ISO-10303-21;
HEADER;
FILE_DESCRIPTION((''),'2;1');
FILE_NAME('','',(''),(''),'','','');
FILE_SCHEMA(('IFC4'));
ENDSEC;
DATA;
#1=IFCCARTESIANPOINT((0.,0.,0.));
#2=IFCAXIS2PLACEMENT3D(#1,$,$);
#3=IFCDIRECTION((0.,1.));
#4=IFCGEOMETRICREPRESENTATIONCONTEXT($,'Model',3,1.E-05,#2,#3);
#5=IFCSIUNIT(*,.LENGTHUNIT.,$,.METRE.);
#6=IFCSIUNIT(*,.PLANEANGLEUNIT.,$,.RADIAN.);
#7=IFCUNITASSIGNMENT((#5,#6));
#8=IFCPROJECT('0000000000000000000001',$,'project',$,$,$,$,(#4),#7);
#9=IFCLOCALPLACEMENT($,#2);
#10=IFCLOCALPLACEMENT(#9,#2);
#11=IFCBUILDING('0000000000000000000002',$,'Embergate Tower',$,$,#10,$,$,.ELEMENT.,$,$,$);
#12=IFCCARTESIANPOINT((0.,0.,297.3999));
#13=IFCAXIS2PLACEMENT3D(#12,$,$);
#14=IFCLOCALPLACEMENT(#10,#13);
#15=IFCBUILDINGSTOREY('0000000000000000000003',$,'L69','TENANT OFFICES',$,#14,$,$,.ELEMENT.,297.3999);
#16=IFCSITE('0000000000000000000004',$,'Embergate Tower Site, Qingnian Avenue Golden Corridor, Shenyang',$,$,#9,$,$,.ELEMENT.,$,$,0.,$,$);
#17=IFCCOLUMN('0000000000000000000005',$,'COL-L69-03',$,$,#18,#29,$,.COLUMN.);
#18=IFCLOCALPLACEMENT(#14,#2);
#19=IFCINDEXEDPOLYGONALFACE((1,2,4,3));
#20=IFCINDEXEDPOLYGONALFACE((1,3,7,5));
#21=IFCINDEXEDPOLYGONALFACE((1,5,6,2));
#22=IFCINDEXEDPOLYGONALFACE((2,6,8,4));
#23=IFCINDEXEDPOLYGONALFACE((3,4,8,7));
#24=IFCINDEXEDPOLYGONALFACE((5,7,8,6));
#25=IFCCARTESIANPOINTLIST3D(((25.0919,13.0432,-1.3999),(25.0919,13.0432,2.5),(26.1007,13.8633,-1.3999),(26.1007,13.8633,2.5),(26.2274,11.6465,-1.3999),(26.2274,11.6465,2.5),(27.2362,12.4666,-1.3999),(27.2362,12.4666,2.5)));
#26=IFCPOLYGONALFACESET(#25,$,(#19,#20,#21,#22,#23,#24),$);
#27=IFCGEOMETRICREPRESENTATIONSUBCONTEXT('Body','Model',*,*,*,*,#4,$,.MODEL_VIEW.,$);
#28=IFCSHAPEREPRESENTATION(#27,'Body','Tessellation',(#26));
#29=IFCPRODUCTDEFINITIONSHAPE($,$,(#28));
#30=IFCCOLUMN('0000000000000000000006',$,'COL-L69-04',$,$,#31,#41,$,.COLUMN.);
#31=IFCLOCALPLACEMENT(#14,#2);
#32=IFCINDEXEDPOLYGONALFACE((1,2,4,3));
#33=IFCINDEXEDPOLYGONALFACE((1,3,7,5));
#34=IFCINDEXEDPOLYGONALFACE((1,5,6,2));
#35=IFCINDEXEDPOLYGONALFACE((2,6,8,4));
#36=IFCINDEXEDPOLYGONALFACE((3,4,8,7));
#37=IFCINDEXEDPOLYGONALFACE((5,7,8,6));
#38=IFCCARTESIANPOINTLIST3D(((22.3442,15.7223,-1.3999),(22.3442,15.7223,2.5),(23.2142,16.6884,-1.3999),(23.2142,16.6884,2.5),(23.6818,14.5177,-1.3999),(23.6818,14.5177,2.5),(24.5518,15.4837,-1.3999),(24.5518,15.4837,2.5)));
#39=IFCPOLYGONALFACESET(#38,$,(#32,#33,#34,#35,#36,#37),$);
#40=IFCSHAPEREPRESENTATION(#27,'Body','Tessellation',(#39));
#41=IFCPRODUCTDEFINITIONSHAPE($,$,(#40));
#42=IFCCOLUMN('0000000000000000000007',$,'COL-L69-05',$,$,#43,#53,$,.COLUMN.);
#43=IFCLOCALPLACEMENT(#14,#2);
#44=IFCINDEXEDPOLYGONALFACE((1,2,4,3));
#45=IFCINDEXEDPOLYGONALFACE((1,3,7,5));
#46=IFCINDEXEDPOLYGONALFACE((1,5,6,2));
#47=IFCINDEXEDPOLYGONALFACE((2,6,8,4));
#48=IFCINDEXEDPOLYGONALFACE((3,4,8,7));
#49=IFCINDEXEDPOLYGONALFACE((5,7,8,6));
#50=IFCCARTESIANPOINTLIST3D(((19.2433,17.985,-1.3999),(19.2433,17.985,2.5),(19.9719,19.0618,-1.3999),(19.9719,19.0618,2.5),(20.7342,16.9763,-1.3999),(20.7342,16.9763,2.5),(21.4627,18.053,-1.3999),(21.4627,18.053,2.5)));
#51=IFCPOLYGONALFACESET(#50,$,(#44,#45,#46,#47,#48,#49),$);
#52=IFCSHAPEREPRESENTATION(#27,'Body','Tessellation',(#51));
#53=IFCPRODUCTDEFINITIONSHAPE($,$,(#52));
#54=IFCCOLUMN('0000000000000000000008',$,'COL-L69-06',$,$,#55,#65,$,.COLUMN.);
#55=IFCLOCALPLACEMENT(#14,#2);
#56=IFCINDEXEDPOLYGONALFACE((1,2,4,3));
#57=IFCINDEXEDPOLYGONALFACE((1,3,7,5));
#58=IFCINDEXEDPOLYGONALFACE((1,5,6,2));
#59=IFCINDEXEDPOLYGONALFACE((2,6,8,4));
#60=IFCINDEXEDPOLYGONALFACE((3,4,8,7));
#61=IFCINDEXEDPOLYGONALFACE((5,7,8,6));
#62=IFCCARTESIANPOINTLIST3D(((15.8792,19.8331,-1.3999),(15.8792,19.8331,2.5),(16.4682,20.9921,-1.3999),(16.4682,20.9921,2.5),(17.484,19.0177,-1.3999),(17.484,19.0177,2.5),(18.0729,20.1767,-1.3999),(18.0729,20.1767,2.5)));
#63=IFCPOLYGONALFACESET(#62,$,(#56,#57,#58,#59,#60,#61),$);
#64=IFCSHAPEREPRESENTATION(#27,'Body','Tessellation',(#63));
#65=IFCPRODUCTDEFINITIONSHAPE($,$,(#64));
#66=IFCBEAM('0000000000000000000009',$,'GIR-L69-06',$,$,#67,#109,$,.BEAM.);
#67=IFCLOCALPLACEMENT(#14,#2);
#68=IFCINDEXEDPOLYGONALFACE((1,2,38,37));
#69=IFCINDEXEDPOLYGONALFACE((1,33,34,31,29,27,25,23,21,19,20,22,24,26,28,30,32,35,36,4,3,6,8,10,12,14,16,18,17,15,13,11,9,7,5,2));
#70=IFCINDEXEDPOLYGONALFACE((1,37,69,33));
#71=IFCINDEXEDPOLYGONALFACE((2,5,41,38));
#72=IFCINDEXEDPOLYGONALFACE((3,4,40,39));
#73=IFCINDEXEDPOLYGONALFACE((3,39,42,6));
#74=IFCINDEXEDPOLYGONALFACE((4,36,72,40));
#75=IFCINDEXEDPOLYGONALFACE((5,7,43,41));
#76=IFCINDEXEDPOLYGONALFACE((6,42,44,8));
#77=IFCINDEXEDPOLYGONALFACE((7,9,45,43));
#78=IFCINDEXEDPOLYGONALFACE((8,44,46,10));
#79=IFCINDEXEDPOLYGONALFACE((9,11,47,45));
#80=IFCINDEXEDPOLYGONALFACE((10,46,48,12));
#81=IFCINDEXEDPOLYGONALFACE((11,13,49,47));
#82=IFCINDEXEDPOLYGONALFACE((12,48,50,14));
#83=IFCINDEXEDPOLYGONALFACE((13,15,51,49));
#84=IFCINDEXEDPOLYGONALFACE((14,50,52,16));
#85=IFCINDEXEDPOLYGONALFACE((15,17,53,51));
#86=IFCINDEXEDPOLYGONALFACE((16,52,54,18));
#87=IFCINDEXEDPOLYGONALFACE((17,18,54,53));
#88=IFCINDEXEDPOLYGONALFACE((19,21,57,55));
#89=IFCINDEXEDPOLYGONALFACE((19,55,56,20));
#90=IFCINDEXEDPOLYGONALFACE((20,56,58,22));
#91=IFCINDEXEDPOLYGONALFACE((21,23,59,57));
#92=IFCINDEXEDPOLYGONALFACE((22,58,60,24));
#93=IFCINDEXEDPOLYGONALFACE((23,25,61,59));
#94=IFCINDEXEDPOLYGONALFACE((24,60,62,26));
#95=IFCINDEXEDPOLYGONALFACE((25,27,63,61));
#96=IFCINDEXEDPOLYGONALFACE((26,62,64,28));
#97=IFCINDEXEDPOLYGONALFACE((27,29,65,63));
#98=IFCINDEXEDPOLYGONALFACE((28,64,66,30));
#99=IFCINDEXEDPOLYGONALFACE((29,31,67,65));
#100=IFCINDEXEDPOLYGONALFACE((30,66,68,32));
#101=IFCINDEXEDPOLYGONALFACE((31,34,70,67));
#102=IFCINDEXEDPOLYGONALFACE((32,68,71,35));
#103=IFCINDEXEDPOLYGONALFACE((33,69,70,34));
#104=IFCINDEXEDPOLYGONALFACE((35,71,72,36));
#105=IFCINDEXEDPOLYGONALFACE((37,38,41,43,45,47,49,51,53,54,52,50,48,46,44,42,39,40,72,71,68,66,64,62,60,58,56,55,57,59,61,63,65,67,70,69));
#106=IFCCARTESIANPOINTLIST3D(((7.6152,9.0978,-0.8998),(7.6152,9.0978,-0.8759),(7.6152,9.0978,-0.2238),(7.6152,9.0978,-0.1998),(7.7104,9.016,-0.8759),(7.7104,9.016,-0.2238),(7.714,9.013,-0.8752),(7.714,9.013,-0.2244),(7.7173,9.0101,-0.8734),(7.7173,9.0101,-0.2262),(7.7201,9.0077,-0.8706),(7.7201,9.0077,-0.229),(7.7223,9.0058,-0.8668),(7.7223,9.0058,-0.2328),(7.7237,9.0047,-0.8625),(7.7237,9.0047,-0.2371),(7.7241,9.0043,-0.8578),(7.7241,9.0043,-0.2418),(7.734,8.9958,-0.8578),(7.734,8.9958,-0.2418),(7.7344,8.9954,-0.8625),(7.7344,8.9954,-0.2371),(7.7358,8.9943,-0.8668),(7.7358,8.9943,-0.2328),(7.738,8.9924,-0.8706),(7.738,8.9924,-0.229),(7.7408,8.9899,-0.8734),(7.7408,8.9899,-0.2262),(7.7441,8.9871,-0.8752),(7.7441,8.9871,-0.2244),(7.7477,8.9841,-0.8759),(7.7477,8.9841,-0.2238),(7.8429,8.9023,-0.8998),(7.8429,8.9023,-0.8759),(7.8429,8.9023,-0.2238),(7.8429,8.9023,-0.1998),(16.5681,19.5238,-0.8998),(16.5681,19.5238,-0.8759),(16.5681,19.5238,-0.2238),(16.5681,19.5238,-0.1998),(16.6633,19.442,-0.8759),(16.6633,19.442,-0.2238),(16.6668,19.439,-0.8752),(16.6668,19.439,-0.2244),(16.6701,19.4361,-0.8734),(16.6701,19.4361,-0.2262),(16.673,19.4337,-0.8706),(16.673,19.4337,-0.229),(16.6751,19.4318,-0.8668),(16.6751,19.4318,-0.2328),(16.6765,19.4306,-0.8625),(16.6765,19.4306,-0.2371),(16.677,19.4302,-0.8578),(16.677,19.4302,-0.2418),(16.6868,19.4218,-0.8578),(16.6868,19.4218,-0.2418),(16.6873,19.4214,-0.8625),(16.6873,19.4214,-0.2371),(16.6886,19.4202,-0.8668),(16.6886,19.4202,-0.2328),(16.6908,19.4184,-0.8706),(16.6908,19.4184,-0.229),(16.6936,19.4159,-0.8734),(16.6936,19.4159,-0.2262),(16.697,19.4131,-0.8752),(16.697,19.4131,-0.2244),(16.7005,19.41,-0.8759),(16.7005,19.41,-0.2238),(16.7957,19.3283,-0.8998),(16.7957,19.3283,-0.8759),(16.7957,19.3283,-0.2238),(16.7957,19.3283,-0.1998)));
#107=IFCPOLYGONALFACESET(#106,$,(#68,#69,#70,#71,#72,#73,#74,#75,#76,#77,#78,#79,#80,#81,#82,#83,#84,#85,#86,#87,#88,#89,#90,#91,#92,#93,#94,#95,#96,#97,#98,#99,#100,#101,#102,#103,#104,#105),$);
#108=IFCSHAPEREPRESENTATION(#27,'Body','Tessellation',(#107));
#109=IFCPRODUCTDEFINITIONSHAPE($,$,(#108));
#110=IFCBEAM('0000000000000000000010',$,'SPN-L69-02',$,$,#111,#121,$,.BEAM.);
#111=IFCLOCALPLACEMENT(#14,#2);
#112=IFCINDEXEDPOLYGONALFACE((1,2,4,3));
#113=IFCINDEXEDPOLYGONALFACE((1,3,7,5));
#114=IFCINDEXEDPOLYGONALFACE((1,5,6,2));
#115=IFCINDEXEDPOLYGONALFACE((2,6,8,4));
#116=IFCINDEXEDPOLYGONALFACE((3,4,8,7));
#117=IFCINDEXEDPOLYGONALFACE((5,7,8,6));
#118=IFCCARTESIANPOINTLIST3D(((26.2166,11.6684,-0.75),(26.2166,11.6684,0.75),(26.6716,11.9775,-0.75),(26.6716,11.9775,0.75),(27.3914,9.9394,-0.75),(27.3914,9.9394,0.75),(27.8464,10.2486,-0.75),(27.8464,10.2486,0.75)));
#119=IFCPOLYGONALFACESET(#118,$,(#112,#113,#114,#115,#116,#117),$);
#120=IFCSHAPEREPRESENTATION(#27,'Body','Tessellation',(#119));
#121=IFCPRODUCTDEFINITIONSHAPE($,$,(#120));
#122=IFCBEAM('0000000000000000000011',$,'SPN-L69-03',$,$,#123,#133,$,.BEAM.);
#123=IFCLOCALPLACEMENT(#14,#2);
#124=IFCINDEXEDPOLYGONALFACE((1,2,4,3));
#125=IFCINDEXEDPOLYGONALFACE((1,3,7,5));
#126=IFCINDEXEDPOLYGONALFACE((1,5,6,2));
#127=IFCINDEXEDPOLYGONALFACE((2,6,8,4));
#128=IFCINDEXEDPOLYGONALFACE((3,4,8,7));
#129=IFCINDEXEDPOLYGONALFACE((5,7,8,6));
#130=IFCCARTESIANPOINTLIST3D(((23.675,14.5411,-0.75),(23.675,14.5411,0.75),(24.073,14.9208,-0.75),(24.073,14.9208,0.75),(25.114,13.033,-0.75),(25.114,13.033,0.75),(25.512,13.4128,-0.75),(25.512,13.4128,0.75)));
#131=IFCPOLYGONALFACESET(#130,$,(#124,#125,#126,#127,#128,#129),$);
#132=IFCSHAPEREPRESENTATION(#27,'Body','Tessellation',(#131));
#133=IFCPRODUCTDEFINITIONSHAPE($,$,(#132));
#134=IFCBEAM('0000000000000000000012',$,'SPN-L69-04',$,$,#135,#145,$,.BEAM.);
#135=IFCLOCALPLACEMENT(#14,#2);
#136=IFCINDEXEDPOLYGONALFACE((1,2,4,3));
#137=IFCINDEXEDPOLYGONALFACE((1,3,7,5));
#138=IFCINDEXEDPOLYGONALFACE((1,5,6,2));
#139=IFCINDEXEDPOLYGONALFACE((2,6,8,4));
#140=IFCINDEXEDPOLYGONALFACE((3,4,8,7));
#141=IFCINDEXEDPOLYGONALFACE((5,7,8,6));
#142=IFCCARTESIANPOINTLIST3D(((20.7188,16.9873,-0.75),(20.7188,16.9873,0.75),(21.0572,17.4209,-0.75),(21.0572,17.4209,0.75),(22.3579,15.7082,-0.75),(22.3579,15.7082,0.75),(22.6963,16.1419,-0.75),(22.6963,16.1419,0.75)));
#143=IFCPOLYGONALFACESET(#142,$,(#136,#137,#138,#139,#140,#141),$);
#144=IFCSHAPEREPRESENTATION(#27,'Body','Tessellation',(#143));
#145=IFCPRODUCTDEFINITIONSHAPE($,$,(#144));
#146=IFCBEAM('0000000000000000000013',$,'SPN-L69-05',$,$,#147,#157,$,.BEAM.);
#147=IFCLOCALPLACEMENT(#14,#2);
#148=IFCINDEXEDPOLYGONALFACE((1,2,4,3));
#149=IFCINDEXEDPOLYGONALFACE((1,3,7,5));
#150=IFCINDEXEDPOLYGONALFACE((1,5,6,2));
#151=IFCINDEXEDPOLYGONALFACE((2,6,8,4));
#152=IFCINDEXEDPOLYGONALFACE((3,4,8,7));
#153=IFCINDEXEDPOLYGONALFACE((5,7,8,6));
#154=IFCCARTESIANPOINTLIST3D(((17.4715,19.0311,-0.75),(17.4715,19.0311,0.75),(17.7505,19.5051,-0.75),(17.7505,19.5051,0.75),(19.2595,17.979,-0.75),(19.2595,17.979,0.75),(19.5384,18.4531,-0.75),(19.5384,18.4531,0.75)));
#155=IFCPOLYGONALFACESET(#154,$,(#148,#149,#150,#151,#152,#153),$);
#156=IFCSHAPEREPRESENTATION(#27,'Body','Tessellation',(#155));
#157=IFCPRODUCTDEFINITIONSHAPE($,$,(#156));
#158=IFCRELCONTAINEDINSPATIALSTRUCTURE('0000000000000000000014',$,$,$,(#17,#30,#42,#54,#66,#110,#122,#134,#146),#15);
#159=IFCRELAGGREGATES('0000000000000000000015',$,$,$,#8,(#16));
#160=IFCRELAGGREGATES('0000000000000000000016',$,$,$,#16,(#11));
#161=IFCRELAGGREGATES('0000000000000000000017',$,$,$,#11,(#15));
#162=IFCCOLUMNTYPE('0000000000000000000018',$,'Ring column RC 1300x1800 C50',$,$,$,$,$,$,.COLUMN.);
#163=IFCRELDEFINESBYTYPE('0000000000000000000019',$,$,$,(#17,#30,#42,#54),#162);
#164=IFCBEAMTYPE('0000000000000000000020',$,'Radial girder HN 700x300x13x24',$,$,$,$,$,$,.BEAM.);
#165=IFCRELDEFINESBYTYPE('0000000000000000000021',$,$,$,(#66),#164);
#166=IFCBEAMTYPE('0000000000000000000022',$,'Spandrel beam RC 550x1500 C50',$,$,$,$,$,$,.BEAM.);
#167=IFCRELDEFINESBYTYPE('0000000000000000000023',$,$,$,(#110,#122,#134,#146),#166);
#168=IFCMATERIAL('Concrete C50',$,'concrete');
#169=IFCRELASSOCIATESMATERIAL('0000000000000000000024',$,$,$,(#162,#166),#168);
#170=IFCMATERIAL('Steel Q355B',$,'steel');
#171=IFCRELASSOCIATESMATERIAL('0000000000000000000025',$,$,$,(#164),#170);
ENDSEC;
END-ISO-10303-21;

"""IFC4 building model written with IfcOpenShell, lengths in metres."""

from ifc_helpers import new_model, si_unit, direction, frame, origin, origin_2d, place, context, subcontext, project, spatial, rectangle, i_section, extrude, source, transform, mapped, material, material_profile, profile_set, type_object, element, save


model = new_model("IFC4")

# Units and contexts
model_context = context("Model", 3, precision=1e-05, world=origin(), true_north=direction((0.0, 1.0)))
body_context = subcontext(model_context, "Body", "Model", "MODEL_VIEW")
ifc_project = project(units=[si_unit("LENGTHUNIT", "METRE"), si_unit("PLANEANGLEUNIT", "RADIAN")], contexts=[model_context])

# Site, building, storey
site_placement = place(None, origin())
site = spatial("IfcSite", under=ifc_project, at=site_placement, Name="Embergate Tower Site, Qingnian Avenue Golden Corridor, Shenyang", CompositionType="ELEMENT", RefElevation=0.0)
building_placement = place(site_placement, origin())
building = spatial("IfcBuilding", under=site, at=building_placement, Name="Embergate Tower", CompositionType="ELEMENT")
storey_placement = place(building_placement, frame((0.0, 0.0, 297.3999)))
storey = spatial("IfcBuildingStorey", under=building, at=storey_placement, Name="L69", Description="TENANT OFFICES", CompositionType="ELEMENT", Elevation=297.3999)

# Columns
ifc_material_1 = material(Name="Concrete C50", Category="concrete")
ifc_material_profile_1 = material_profile(ifc_material_1, rectangle(XDim=1.3, YDim=1.8, at=origin_2d()), Name="RC 1300x1800")
ifc_profile_set_1 = profile_set([ifc_material_profile_1], Name="Concrete C50")
column_type = type_object("IfcColumnType", Name="Ring column RC 1300x1800 C50", PredefinedType="COLUMN", material=ifc_profile_set_1)
shared_shape_1 = source(origin(), body_context, "Body", "SweptSolid", [
    extrude(rectangle(XDim=1.3, YDim=1.8, at=origin_2d()), origin(), (0.0, 0.0, 1.0), 3.8999),
])
for number, where, z_axis, x_axis, name in (
    (1, (26.1641, 12.7549, -1.3999), (0.0, 0.0, 1.0), (0.775925, 0.630825, 0.0), "COL-L69-03"),
    (2, (23.448, 15.603, -1.3999), (0.0, 0.0, 1.0), (0.669221, 0.743063, 0.0), "COL-L69-04"),
    (3, (20.353, 18.019, -1.3999), (0.0, 0.0, 1.0), (0.560393, 0.828227, 0.0), "COL-L69-05"),
    (4, (16.9761, 20.0049, -1.3999), (0.0, 0.0, 1.0), (0.453011, 0.891505, 0.0), "COL-L69-06"),
):
    element("IfcColumn", number, at=place(storey_placement, frame(where, z_axis=z_axis, x_axis=x_axis)), inside=storey, type_object=column_type, Name=name, PredefinedType="COLUMN", context=body_context, shape_type="MappedRepresentation", body=[
        mapped(shared_shape_1, transform((0.0, 0.0, 0.0))),
    ])

# Beams
ifc_material_2 = material(Name="Steel Q355B", Category="steel")
ifc_material_profile_2 = material_profile(ifc_material_2, i_section(OverallWidth=0.3, OverallDepth=0.7, WebThickness=0.0129, FlangeThickness=0.0239, FilletRadius=0.0181, at=origin_2d()), Name="HN 700x300x13x24")
ifc_profile_set_2 = profile_set([ifc_material_profile_2], Name="Steel Q355 grade B")
beam_type_1 = type_object("IfcBeamType", Name="Radial girder HN 700x300x13x24", PredefinedType="BEAM", material=ifc_profile_set_2)
shared_shape_2 = source(origin(), body_context, "Body", "SweptSolid", [
    extrude(i_section(OverallWidth=0.3, OverallDepth=0.7, WebThickness=0.0129, FlangeThickness=0.0239, FilletRadius=0.0181, at=origin_2d()), origin(), (0.0, 0.0, 1.0), 13.7424),
])
beam_1_placement = place(storey_placement, frame((16.6819, 19.426, -0.5498), z_axis=(-0.651474, -0.758671, 0.0), x_axis=(0.758671, -0.651474, 0.0)))
element("IfcBeam", 5, at=beam_1_placement, inside=storey, type_object=beam_type_1, Name="GIR-L69-06", PredefinedType="BEAM", context=body_context, shape_type="MappedRepresentation", body=[
    mapped(shared_shape_2, transform((0.0, 0.0, 0.0))),
])
ifc_material_profile_3 = material_profile(ifc_material_1, rectangle(XDim=0.55, YDim=1.5, at=origin_2d()), Name="RC 550x1500")
ifc_profile_set_3 = profile_set([ifc_material_profile_3], Name="Concrete C50")
beam_type_2 = type_object("IfcBeamType", Name="Spandrel beam RC 550x1500 C50", PredefinedType="BEAM", material=ifc_profile_set_3)
shared_shape_3 = source(origin(), body_context, "Body", "SweptSolid", [
    extrude(rectangle(XDim=0.55, YDim=1.5, at=origin_2d()), origin(), (0.0, 0.0, 1.0), 2.0903),
])
beam_2_placement = place(storey_placement, frame((27.6189, 10.094, 0.0), z_axis=(-0.56201, 0.827131, 0.0), x_axis=(-0.827131, -0.56201, 0.0)))
element("IfcBeam", 6, at=beam_2_placement, inside=storey, type_object=beam_type_2, Name="SPN-L69-02", PredefinedType="BEAM", context=body_context, shape_type="MappedRepresentation", body=[
    mapped(shared_shape_3, transform((0.0, 0.0, 0.0))),
])
shared_shape_4 = source(origin(), body_context, "Body", "SweptSolid", [
    extrude(rectangle(XDim=0.55, YDim=1.5, at=origin_2d()), origin(), (0.0, 0.0, 1.0), 2.0845),
])
beam_3_placement = place(storey_placement, frame((25.313, 13.2229, 0.0), z_axis=(-0.690339, 0.723486, 0.0), x_axis=(-0.723486, -0.690339, 0.0)))
element("IfcBeam", 7, at=beam_3_placement, inside=storey, type_object=beam_type_2, Name="SPN-L69-03", PredefinedType="BEAM", context=body_context, shape_type="MappedRepresentation", body=[
    mapped(shared_shape_4, transform((0.0, 0.0, 0.0))),
])
shared_shape_5 = source(origin(), body_context, "Body", "SweptSolid", [
    extrude(rectangle(XDim=0.55, YDim=1.5, at=origin_2d()), origin(), (0.0, 0.0, 1.0), 2.0791),
])
beam_4_placement = place(storey_placement, frame((22.5271, 15.925, 0.0), z_axis=(-0.788384, 0.615184, 0.0), x_axis=(-0.615184, -0.788384, 0.0)))
element("IfcBeam", 8, at=beam_4_placement, inside=storey, type_object=beam_type_2, Name="SPN-L69-04", PredefinedType="BEAM", context=body_context, shape_type="MappedRepresentation", body=[
    mapped(shared_shape_5, transform((0.0, 0.0, 0.0))),
])
shared_shape_6 = source(origin(), body_context, "Body", "SweptSolid", [
    extrude(rectangle(XDim=0.55, YDim=1.5, at=origin_2d()), origin(), (0.0, 0.0, 1.0), 2.0745),
])
beam_5_placement = place(storey_placement, frame((19.3989, 18.2161, 0.0), z_axis=(-0.861865, 0.507138, 0.0), x_axis=(-0.507138, -0.861865, 0.0)))
element("IfcBeam", 9, at=beam_5_placement, inside=storey, type_object=beam_type_2, Name="SPN-L69-05", PredefinedType="BEAM", context=body_context, shape_type="MappedRepresentation", body=[
    mapped(shared_shape_6, transform((0.0, 0.0, 0.0))),
])

save(model, "model.ifc")
